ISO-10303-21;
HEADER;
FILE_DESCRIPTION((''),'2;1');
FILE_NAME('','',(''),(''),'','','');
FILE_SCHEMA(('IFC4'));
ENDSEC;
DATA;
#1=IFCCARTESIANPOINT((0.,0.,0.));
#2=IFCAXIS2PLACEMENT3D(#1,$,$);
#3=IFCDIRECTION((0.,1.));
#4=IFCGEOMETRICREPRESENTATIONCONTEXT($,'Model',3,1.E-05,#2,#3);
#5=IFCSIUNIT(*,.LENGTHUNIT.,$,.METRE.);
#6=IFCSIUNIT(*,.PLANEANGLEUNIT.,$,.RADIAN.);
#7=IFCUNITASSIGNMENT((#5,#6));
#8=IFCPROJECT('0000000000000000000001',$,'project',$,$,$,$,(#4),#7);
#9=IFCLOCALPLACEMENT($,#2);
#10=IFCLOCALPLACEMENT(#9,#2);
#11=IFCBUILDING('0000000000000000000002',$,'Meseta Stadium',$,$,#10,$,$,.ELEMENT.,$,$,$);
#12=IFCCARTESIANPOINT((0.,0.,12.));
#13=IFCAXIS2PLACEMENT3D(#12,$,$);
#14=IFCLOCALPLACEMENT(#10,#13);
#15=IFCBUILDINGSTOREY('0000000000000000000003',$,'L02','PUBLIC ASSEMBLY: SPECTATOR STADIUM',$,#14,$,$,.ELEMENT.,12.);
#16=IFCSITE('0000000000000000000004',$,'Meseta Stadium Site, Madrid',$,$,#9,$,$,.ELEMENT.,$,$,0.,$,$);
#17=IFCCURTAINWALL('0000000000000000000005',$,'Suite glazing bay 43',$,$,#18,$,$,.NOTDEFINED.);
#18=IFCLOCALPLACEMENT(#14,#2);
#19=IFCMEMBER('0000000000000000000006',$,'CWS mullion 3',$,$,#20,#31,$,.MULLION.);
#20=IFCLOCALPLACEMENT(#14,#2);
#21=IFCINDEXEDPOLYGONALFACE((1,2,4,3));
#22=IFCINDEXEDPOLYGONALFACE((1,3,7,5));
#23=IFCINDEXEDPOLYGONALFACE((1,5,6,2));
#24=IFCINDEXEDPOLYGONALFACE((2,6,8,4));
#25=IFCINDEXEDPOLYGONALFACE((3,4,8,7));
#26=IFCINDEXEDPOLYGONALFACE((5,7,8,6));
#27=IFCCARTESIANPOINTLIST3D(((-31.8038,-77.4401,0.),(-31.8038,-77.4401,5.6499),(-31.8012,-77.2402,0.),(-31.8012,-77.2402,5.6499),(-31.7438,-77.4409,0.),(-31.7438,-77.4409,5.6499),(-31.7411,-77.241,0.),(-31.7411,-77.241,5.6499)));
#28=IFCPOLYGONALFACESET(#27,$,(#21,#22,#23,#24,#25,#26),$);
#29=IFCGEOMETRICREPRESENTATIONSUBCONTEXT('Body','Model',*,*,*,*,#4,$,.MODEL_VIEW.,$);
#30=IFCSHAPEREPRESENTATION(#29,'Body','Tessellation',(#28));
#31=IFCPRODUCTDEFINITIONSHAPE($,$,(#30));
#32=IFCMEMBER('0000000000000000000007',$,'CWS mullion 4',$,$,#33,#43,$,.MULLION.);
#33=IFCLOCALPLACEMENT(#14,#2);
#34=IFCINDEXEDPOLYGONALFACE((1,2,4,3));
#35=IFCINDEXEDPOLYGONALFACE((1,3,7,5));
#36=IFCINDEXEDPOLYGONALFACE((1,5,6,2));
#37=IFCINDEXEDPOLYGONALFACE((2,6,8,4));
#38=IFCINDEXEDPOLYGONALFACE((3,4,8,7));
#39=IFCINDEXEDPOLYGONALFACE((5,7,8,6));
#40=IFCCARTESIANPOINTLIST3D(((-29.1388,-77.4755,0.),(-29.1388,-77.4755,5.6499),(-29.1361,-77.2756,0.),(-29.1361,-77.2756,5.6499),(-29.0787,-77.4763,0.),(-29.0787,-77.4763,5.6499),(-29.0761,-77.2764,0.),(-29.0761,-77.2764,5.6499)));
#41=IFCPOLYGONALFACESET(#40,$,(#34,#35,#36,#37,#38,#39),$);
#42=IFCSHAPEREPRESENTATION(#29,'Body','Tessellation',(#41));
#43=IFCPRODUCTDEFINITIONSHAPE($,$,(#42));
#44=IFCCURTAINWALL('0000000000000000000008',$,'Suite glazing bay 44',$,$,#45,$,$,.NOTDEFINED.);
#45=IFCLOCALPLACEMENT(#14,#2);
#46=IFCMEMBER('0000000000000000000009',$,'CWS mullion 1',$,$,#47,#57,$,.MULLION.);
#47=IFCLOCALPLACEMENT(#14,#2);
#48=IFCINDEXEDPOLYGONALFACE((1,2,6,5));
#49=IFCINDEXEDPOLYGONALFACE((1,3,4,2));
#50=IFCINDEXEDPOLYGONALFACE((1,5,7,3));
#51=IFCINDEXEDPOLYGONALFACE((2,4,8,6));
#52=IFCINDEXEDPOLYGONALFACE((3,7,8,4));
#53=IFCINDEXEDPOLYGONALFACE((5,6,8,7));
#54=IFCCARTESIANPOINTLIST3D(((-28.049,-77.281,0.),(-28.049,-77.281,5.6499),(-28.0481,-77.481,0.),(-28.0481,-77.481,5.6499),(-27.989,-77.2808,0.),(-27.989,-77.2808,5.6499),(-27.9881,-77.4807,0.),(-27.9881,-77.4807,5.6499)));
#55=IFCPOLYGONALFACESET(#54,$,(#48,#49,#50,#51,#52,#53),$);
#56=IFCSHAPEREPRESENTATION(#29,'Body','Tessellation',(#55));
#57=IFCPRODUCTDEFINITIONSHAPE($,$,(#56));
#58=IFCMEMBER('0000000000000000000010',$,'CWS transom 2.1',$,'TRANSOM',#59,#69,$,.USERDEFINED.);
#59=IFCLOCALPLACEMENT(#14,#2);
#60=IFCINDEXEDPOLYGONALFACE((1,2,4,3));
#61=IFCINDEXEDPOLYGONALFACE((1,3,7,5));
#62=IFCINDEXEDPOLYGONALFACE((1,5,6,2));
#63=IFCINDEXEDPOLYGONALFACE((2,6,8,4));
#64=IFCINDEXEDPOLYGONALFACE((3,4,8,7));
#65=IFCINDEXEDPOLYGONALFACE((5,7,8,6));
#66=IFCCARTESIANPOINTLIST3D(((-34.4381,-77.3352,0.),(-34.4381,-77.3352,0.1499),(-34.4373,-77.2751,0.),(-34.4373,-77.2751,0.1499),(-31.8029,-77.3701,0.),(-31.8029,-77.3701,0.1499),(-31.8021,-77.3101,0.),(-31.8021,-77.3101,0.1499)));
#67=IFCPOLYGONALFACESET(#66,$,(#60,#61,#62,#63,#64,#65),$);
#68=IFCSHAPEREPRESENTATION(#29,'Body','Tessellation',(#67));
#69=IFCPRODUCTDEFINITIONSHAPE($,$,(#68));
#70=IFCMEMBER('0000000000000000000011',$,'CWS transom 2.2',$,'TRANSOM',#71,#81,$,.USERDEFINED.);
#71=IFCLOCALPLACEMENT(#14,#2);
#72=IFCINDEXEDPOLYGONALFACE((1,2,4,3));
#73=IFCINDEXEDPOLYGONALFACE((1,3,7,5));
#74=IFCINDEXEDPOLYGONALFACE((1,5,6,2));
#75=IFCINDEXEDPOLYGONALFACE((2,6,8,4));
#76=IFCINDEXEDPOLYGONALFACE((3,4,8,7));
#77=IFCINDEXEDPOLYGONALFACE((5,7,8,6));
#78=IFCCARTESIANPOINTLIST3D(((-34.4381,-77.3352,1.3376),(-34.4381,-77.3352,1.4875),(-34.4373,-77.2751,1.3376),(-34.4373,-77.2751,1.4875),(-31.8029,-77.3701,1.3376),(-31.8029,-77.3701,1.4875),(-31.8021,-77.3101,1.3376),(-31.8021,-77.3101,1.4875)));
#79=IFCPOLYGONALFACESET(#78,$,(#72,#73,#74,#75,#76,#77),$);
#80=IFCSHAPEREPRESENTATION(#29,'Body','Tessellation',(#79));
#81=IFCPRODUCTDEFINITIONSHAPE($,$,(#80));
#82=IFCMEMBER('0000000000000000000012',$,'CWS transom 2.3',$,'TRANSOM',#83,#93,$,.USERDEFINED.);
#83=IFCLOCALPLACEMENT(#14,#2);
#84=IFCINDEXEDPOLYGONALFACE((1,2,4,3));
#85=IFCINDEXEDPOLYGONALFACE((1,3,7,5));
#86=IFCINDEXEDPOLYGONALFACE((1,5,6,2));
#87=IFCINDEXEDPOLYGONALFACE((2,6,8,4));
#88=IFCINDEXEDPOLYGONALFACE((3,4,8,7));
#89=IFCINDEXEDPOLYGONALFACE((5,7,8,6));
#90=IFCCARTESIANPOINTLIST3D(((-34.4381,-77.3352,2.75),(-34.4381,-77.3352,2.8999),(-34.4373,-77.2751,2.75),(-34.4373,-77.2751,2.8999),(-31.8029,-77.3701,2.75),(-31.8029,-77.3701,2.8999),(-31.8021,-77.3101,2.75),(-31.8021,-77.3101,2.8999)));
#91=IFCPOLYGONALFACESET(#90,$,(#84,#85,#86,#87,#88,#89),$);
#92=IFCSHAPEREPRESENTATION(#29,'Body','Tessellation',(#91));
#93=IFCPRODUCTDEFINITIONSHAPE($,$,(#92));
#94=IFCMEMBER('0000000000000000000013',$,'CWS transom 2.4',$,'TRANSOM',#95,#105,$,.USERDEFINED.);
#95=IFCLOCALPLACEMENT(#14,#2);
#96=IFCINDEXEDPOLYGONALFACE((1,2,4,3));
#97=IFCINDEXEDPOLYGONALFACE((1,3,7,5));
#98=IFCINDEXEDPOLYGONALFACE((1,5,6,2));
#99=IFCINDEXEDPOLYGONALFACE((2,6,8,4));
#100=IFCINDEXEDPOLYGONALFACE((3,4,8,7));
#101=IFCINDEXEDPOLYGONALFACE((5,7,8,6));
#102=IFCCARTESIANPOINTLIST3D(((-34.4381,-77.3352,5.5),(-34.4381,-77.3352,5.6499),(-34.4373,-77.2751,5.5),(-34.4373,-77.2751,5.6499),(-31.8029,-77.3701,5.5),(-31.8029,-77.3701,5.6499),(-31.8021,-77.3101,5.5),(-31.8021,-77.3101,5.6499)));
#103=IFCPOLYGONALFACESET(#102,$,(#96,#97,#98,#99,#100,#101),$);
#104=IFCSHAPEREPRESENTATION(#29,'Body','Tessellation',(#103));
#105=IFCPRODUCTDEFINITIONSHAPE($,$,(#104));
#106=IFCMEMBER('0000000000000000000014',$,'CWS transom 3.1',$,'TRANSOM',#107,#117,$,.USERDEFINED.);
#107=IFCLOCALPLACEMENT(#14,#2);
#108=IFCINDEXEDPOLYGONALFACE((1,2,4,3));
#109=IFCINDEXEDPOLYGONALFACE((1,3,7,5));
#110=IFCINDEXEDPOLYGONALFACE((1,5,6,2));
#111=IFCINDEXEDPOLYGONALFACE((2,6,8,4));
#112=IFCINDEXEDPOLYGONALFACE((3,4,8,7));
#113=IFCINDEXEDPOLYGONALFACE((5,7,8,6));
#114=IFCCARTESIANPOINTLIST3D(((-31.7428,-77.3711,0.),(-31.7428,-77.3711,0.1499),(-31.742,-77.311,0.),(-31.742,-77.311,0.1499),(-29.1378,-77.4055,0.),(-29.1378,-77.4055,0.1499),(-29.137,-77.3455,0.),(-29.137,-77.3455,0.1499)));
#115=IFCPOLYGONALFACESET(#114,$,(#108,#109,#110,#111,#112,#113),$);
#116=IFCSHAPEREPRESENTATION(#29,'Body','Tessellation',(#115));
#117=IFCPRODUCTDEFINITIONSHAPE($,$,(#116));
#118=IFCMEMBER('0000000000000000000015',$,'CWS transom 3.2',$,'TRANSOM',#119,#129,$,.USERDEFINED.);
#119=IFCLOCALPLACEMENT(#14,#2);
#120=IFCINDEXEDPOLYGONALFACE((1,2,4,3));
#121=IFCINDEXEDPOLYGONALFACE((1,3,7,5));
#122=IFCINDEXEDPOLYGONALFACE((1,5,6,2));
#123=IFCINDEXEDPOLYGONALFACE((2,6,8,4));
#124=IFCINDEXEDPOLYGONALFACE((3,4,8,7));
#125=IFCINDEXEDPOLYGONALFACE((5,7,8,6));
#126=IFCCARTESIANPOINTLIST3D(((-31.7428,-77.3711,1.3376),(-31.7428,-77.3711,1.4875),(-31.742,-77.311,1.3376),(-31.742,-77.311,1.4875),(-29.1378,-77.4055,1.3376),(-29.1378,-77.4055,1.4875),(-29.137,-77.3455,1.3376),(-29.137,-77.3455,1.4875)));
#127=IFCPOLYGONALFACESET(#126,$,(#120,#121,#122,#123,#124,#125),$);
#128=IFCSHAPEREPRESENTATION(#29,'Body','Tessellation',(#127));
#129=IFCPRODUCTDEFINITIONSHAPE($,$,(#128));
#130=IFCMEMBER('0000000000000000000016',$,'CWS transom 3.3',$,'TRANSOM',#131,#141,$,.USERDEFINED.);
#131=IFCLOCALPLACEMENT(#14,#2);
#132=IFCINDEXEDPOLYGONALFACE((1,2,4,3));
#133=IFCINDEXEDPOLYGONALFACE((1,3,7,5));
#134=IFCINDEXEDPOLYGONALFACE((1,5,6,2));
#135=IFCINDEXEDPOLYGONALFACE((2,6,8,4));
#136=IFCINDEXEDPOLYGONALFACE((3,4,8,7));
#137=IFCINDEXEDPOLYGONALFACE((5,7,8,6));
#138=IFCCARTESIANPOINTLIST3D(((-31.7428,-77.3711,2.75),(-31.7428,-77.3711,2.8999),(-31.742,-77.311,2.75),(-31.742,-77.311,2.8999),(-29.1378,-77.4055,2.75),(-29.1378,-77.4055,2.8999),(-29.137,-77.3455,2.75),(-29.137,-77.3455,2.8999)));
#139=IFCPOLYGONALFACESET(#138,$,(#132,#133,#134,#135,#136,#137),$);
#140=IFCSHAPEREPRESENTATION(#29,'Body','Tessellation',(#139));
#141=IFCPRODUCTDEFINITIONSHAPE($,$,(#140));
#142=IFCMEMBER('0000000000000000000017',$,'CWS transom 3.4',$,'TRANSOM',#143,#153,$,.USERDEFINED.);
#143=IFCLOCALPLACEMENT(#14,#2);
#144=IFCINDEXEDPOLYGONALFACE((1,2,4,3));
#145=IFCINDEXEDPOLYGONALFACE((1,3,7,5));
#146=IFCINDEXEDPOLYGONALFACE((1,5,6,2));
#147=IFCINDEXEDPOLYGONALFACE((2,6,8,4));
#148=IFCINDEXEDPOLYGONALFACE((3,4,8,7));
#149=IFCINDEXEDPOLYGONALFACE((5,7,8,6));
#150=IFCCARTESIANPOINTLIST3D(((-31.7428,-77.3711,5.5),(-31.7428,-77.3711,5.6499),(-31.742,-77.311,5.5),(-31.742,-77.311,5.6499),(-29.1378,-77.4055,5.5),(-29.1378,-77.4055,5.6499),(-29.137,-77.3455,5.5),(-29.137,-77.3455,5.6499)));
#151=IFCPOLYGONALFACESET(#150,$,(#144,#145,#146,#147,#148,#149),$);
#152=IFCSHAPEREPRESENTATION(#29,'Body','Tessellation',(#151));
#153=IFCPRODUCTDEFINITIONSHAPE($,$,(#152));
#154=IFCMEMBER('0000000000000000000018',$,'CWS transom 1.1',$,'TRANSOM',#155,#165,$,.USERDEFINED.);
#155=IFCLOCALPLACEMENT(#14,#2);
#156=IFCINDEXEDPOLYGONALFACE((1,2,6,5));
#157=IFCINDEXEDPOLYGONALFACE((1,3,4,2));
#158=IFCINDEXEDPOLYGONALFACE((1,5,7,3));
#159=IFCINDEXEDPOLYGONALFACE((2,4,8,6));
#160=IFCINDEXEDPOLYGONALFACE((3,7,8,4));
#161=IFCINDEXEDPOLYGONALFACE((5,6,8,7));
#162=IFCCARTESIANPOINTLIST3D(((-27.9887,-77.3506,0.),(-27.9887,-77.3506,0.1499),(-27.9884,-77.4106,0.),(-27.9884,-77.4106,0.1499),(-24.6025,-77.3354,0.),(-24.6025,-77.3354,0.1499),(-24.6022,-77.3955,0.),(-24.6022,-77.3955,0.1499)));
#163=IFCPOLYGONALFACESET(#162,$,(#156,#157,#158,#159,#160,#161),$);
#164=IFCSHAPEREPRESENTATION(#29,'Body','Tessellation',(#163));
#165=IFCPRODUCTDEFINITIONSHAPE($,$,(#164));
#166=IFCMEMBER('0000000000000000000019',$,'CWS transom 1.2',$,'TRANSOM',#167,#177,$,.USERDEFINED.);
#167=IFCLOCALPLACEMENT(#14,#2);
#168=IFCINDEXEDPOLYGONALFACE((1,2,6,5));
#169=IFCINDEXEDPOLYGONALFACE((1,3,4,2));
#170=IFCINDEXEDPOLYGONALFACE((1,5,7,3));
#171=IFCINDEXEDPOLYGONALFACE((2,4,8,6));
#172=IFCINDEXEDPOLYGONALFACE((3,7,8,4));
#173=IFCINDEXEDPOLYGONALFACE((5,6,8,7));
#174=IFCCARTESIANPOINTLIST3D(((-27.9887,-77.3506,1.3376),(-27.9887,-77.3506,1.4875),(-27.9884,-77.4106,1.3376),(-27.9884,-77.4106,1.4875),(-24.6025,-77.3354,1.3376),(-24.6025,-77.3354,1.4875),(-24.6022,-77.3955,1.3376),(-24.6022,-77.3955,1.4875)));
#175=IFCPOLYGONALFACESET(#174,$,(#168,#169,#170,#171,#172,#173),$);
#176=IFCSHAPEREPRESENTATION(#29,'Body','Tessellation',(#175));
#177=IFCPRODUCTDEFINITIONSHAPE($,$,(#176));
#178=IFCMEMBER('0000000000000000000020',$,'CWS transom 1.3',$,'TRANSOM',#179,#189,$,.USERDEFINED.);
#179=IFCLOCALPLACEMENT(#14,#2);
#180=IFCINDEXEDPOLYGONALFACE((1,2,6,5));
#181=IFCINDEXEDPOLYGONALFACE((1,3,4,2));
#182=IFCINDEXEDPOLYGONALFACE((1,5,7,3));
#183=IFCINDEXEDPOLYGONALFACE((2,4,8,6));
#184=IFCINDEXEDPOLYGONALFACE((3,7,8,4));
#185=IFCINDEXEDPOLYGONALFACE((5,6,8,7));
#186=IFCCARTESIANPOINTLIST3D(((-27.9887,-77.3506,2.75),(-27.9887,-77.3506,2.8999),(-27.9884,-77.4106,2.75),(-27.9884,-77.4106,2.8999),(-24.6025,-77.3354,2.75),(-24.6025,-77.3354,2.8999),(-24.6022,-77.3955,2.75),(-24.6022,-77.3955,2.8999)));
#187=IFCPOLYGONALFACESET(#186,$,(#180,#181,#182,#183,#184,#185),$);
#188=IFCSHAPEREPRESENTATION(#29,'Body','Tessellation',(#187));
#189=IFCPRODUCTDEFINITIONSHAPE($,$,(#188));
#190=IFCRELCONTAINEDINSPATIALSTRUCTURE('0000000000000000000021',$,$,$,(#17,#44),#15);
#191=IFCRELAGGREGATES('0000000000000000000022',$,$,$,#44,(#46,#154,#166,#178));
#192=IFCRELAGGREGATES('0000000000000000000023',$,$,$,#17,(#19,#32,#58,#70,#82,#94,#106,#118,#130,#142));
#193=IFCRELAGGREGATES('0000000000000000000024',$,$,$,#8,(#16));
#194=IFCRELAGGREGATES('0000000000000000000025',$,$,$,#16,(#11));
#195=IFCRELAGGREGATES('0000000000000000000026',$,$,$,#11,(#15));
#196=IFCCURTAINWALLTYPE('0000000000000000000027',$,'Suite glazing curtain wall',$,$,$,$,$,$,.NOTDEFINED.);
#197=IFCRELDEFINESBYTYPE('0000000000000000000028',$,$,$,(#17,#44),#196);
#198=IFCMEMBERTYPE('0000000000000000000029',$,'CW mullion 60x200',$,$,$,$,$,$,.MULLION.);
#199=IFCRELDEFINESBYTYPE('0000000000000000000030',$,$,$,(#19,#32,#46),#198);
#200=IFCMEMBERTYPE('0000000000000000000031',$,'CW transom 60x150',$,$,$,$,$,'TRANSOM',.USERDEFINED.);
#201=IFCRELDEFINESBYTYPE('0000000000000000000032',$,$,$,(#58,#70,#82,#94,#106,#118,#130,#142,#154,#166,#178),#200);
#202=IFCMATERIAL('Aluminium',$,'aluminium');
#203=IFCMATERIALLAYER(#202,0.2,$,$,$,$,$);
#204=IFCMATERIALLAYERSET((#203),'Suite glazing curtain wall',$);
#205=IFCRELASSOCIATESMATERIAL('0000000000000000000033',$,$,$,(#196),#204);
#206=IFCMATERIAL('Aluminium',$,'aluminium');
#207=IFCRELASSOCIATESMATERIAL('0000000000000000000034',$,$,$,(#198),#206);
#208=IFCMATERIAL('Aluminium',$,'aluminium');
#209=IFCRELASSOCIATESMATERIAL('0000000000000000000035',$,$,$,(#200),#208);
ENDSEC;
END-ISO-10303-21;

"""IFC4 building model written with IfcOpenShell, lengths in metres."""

from ifc_helpers import new_model, si_unit, direction, frame, origin, origin_2d, place, context, subcontext, project, spatial, rectangle, extrude, material, layer, layer_set, material_profile, profile_set, type_object, element, aggregate, save


model = new_model("IFC4")

# Units and contexts
model_context = context("Model", 3, precision=1e-05, world=origin(), true_north=direction((0.0, 1.0)))
body_context = subcontext(model_context, "Body", "Model", "MODEL_VIEW")
ifc_project = project(units=[si_unit("LENGTHUNIT", "METRE"), si_unit("PLANEANGLEUNIT", "RADIAN")], contexts=[model_context])

# Site, building, storey
site_placement = place(None, origin())
site = spatial("IfcSite", under=ifc_project, at=site_placement, Name="Meseta Stadium Site, Madrid", CompositionType="ELEMENT", RefElevation=0.0)
building_placement = place(site_placement, origin())
building = spatial("IfcBuilding", under=site, at=building_placement, Name="Meseta Stadium", CompositionType="ELEMENT")
storey_placement = place(building_placement, frame((0.0, 0.0, 12.0)))
storey = spatial("IfcBuildingStorey", under=building, at=storey_placement, Name="L02", Description="PUBLIC ASSEMBLY: SPECTATOR STADIUM", CompositionType="ELEMENT", Elevation=12.0)

# Curtain wall, members
ifc_material_1 = material(Name="Aluminium", Category="aluminium")
ifc_layer_1 = layer(ifc_material_1, 0.2)
ifc_layer_set_1 = layer_set([ifc_layer_1], Name="Suite glazing curtain wall")
curtain_wall_type = type_object("IfcCurtainWallType", Name="Suite glazing curtain wall", PredefinedType="NOTDEFINED", material=ifc_layer_set_1)
curtain_wall_1_placement = place(storey_placement, origin())
curtain_wall_1 = element("IfcCurtainWall", 1, at=curtain_wall_1_placement, inside=storey, type_object=curtain_wall_type, Name="Suite glazing bay 43", PredefinedType="NOTDEFINED")
ifc_material_2 = material(Name="Aluminium", Category="aluminium")
ifc_material_profile_1 = material_profile(ifc_material_2, rectangle(XDim=0.2, YDim=0.0601, at=origin_2d()), Name="CW 200x60")
ifc_profile_set_1 = profile_set([ifc_material_profile_1], Name="Aluminium")
member_type_1 = type_object("IfcMemberType", Name="CW mullion 60x200", PredefinedType="MULLION", material=ifc_profile_set_1)
member_1_placement = place(storey_placement, frame((-31.7725, -77.3406, 0.0), z_axis=(0.0, 0.0, 1.0), x_axis=(0.013281, 0.999912, 0.0)))
member_1 = element("IfcMember", 2, at=member_1_placement, type_object=member_type_1, Name="CWS mullion 3", PredefinedType="MULLION", context=body_context, shape_type="SweptSolid", body=[
    extrude(rectangle(XDim=0.2, YDim=0.0601, at=origin_2d()), origin(), (0.0, 0.0, 1.0), 5.6499),
])
member_2_placement = place(storey_placement, frame((-29.1074, -77.376, 0.0), z_axis=(0.0, 0.0, 1.0), x_axis=(0.013281, 0.999912, 0.0)))
member_2 = element("IfcMember", 3, at=member_2_placement, type_object=member_type_1, Name="CWS mullion 4", PredefinedType="MULLION", context=body_context, shape_type="SweptSolid", body=[
    extrude(rectangle(XDim=0.2, YDim=0.0601, at=origin_2d()), origin(), (0.0, 0.0, 1.0), 5.6499),
])

# Curtain wall, member
curtain_wall_2_placement = place(storey_placement, origin())
curtain_wall_2 = element("IfcCurtainWall", 4, at=curtain_wall_2_placement, inside=storey, type_object=curtain_wall_type, Name="Suite glazing bay 44", PredefinedType="NOTDEFINED")
member_3_placement = place(storey_placement, frame((-28.0186, -77.3809, 0.0), z_axis=(0.0, 0.0, 1.0), x_axis=(-0.004469, 0.99999, 0.0)))
member_3 = element("IfcMember", 5, at=member_3_placement, type_object=member_type_1, Name="CWS mullion 1", PredefinedType="MULLION", context=body_context, shape_type="SweptSolid", body=[
    extrude(rectangle(XDim=0.2, YDim=0.0601, at=origin_2d()), origin(), (0.0, 0.0, 1.0), 5.6499),
])

# Members
ifc_material_3 = material(Name="Aluminium", Category="aluminium")
ifc_material_profile_2 = material_profile(ifc_material_3, rectangle(XDim=0.0601, YDim=0.1499, at=origin_2d()), Name="CW 60x150")
ifc_profile_set_2 = profile_set([ifc_material_profile_2], Name="Aluminium")
member_type_2 = type_object("IfcMemberType", Name="CW transom 60x150", ElementType="TRANSOM", PredefinedType="USERDEFINED", material=ifc_profile_set_2)
member_4_placement = place(storey_placement, frame((-34.4377, -77.3052, 0.075), z_axis=(0.999912, -0.013247, 0.0), x_axis=(0.013247, 0.999912, 0.0)))
member_4 = element("IfcMember", 6, at=member_4_placement, type_object=member_type_2, Name="CWS transom 2.1", ObjectType="TRANSOM", PredefinedType="USERDEFINED", context=body_context, shape_type="SweptSolid", body=[
    extrude(rectangle(XDim=0.0601, YDim=0.1499, at=origin_2d()), origin(), (0.0, 0.0, 1.0), 2.6355),
])
member_5_placement = place(storey_placement, frame((-34.4377, -77.3052, 1.4126), z_axis=(0.999912, -0.013247, 0.0), x_axis=(0.013247, 0.999912, 0.0)))
member_5 = element("IfcMember", 7, at=member_5_placement, type_object=member_type_2, Name="CWS transom 2.2", ObjectType="TRANSOM", PredefinedType="USERDEFINED", context=body_context, shape_type="SweptSolid", body=[
    extrude(rectangle(XDim=0.0601, YDim=0.1499, at=origin_2d()), origin(), (0.0, 0.0, 1.0), 2.6355),
])
member_6_placement = place(storey_placement, frame((-34.4377, -77.3052, 2.825), z_axis=(0.999912, -0.013247, 0.0), x_axis=(0.013247, 0.999912, 0.0)))
member_6 = element("IfcMember", 8, at=member_6_placement, type_object=member_type_2, Name="CWS transom 2.3", ObjectType="TRANSOM", PredefinedType="USERDEFINED", context=body_context, shape_type="SweptSolid", body=[
    extrude(rectangle(XDim=0.0601, YDim=0.1499, at=origin_2d()), origin(), (0.0, 0.0, 1.0), 2.6355),
])
member_7_placement = place(storey_placement, frame((-34.4377, -77.3052, 5.575), z_axis=(0.999912, -0.013247, 0.0), x_axis=(0.013247, 0.999912, 0.0)))
member_7 = element("IfcMember", 9, at=member_7_placement, type_object=member_type_2, Name="CWS transom 2.4", ObjectType="TRANSOM", PredefinedType="USERDEFINED", context=body_context, shape_type="SweptSolid", body=[
    extrude(rectangle(XDim=0.0601, YDim=0.1499, at=origin_2d()), origin(), (0.0, 0.0, 1.0), 2.6355),
])
member_8_placement = place(storey_placement, frame((-31.7424, -77.3411, 0.075), z_axis=(0.999913, -0.013213, 0.0), x_axis=(0.013213, 0.999913, 0.0)))
member_8 = element("IfcMember", 10, at=member_8_placement, type_object=member_type_2, Name="CWS transom 3.1", ObjectType="TRANSOM", PredefinedType="USERDEFINED", context=body_context, shape_type="SweptSolid", body=[
    extrude(rectangle(XDim=0.0601, YDim=0.1499, at=origin_2d()), origin(), (0.0, 0.0, 1.0), 2.6052),
])
member_9_placement = place(storey_placement, frame((-31.7424, -77.3411, 1.4126), z_axis=(0.999913, -0.013213, 0.0), x_axis=(0.013213, 0.999913, 0.0)))
member_9 = element("IfcMember", 11, at=member_9_placement, type_object=member_type_2, Name="CWS transom 3.2", ObjectType="TRANSOM", PredefinedType="USERDEFINED", context=body_context, shape_type="SweptSolid", body=[
    extrude(rectangle(XDim=0.0601, YDim=0.1499, at=origin_2d()), origin(), (0.0, 0.0, 1.0), 2.6052),
])
member_10_placement = place(storey_placement, frame((-31.7424, -77.3411, 2.825), z_axis=(0.999913, -0.013213, 0.0), x_axis=(0.013213, 0.999913, 0.0)))
member_10 = element("IfcMember", 12, at=member_10_placement, type_object=member_type_2, Name="CWS transom 3.3", ObjectType="TRANSOM", PredefinedType="USERDEFINED", context=body_context, shape_type="SweptSolid", body=[
    extrude(rectangle(XDim=0.0601, YDim=0.1499, at=origin_2d()), origin(), (0.0, 0.0, 1.0), 2.6052),
])
member_11_placement = place(storey_placement, frame((-31.7424, -77.3411, 5.575), z_axis=(0.999913, -0.013213, 0.0), x_axis=(0.013213, 0.999913, 0.0)))
member_11 = element("IfcMember", 13, at=member_11_placement, type_object=member_type_2, Name="CWS transom 3.4", ObjectType="TRANSOM", PredefinedType="USERDEFINED", context=body_context, shape_type="SweptSolid", body=[
    extrude(rectangle(XDim=0.0601, YDim=0.1499, at=origin_2d()), origin(), (0.0, 0.0, 1.0), 2.6052),
])
member_12_placement = place(storey_placement, frame((-27.9885, -77.3806, 0.075), z_axis=(0.99999, 0.00447, 0.0), x_axis=(-0.00447, 0.99999, 0.0)))
member_12 = element("IfcMember", 14, at=member_12_placement, type_object=member_type_2, Name="CWS transom 1.1", ObjectType="TRANSOM", PredefinedType="USERDEFINED", context=body_context, shape_type="SweptSolid", body=[
    extrude(rectangle(XDim=0.0601, YDim=0.1499, at=origin_2d()), origin(), (0.0, 0.0, 1.0), 3.3862),
])
member_13_placement = place(storey_placement, frame((-27.9885, -77.3806, 1.4126), z_axis=(0.99999, 0.00447, 0.0), x_axis=(-0.00447, 0.99999, 0.0)))
member_13 = element("IfcMember", 15, at=member_13_placement, type_object=member_type_2, Name="CWS transom 1.2", ObjectType="TRANSOM", PredefinedType="USERDEFINED", context=body_context, shape_type="SweptSolid", body=[
    extrude(rectangle(XDim=0.0601, YDim=0.1499, at=origin_2d()), origin(), (0.0, 0.0, 1.0), 3.3862),
])
member_14_placement = place(storey_placement, frame((-27.9885, -77.3806, 2.825), z_axis=(0.99999, 0.00447, 0.0), x_axis=(-0.00447, 0.99999, 0.0)))
member_14 = element("IfcMember", 16, at=member_14_placement, type_object=member_type_2, Name="CWS transom 1.3", ObjectType="TRANSOM", PredefinedType="USERDEFINED", context=body_context, shape_type="SweptSolid", body=[
    extrude(rectangle(XDim=0.0601, YDim=0.1499, at=origin_2d()), origin(), (0.0, 0.0, 1.0), 3.3862),
])
aggregate(curtain_wall_2, [member_3, member_12, member_13, member_14])

aggregate(curtain_wall_1, [member_1, member_2, member_4, member_5, member_6, member_7, member_8, member_9, member_10, member_11])

save(model, "model.ifc")
